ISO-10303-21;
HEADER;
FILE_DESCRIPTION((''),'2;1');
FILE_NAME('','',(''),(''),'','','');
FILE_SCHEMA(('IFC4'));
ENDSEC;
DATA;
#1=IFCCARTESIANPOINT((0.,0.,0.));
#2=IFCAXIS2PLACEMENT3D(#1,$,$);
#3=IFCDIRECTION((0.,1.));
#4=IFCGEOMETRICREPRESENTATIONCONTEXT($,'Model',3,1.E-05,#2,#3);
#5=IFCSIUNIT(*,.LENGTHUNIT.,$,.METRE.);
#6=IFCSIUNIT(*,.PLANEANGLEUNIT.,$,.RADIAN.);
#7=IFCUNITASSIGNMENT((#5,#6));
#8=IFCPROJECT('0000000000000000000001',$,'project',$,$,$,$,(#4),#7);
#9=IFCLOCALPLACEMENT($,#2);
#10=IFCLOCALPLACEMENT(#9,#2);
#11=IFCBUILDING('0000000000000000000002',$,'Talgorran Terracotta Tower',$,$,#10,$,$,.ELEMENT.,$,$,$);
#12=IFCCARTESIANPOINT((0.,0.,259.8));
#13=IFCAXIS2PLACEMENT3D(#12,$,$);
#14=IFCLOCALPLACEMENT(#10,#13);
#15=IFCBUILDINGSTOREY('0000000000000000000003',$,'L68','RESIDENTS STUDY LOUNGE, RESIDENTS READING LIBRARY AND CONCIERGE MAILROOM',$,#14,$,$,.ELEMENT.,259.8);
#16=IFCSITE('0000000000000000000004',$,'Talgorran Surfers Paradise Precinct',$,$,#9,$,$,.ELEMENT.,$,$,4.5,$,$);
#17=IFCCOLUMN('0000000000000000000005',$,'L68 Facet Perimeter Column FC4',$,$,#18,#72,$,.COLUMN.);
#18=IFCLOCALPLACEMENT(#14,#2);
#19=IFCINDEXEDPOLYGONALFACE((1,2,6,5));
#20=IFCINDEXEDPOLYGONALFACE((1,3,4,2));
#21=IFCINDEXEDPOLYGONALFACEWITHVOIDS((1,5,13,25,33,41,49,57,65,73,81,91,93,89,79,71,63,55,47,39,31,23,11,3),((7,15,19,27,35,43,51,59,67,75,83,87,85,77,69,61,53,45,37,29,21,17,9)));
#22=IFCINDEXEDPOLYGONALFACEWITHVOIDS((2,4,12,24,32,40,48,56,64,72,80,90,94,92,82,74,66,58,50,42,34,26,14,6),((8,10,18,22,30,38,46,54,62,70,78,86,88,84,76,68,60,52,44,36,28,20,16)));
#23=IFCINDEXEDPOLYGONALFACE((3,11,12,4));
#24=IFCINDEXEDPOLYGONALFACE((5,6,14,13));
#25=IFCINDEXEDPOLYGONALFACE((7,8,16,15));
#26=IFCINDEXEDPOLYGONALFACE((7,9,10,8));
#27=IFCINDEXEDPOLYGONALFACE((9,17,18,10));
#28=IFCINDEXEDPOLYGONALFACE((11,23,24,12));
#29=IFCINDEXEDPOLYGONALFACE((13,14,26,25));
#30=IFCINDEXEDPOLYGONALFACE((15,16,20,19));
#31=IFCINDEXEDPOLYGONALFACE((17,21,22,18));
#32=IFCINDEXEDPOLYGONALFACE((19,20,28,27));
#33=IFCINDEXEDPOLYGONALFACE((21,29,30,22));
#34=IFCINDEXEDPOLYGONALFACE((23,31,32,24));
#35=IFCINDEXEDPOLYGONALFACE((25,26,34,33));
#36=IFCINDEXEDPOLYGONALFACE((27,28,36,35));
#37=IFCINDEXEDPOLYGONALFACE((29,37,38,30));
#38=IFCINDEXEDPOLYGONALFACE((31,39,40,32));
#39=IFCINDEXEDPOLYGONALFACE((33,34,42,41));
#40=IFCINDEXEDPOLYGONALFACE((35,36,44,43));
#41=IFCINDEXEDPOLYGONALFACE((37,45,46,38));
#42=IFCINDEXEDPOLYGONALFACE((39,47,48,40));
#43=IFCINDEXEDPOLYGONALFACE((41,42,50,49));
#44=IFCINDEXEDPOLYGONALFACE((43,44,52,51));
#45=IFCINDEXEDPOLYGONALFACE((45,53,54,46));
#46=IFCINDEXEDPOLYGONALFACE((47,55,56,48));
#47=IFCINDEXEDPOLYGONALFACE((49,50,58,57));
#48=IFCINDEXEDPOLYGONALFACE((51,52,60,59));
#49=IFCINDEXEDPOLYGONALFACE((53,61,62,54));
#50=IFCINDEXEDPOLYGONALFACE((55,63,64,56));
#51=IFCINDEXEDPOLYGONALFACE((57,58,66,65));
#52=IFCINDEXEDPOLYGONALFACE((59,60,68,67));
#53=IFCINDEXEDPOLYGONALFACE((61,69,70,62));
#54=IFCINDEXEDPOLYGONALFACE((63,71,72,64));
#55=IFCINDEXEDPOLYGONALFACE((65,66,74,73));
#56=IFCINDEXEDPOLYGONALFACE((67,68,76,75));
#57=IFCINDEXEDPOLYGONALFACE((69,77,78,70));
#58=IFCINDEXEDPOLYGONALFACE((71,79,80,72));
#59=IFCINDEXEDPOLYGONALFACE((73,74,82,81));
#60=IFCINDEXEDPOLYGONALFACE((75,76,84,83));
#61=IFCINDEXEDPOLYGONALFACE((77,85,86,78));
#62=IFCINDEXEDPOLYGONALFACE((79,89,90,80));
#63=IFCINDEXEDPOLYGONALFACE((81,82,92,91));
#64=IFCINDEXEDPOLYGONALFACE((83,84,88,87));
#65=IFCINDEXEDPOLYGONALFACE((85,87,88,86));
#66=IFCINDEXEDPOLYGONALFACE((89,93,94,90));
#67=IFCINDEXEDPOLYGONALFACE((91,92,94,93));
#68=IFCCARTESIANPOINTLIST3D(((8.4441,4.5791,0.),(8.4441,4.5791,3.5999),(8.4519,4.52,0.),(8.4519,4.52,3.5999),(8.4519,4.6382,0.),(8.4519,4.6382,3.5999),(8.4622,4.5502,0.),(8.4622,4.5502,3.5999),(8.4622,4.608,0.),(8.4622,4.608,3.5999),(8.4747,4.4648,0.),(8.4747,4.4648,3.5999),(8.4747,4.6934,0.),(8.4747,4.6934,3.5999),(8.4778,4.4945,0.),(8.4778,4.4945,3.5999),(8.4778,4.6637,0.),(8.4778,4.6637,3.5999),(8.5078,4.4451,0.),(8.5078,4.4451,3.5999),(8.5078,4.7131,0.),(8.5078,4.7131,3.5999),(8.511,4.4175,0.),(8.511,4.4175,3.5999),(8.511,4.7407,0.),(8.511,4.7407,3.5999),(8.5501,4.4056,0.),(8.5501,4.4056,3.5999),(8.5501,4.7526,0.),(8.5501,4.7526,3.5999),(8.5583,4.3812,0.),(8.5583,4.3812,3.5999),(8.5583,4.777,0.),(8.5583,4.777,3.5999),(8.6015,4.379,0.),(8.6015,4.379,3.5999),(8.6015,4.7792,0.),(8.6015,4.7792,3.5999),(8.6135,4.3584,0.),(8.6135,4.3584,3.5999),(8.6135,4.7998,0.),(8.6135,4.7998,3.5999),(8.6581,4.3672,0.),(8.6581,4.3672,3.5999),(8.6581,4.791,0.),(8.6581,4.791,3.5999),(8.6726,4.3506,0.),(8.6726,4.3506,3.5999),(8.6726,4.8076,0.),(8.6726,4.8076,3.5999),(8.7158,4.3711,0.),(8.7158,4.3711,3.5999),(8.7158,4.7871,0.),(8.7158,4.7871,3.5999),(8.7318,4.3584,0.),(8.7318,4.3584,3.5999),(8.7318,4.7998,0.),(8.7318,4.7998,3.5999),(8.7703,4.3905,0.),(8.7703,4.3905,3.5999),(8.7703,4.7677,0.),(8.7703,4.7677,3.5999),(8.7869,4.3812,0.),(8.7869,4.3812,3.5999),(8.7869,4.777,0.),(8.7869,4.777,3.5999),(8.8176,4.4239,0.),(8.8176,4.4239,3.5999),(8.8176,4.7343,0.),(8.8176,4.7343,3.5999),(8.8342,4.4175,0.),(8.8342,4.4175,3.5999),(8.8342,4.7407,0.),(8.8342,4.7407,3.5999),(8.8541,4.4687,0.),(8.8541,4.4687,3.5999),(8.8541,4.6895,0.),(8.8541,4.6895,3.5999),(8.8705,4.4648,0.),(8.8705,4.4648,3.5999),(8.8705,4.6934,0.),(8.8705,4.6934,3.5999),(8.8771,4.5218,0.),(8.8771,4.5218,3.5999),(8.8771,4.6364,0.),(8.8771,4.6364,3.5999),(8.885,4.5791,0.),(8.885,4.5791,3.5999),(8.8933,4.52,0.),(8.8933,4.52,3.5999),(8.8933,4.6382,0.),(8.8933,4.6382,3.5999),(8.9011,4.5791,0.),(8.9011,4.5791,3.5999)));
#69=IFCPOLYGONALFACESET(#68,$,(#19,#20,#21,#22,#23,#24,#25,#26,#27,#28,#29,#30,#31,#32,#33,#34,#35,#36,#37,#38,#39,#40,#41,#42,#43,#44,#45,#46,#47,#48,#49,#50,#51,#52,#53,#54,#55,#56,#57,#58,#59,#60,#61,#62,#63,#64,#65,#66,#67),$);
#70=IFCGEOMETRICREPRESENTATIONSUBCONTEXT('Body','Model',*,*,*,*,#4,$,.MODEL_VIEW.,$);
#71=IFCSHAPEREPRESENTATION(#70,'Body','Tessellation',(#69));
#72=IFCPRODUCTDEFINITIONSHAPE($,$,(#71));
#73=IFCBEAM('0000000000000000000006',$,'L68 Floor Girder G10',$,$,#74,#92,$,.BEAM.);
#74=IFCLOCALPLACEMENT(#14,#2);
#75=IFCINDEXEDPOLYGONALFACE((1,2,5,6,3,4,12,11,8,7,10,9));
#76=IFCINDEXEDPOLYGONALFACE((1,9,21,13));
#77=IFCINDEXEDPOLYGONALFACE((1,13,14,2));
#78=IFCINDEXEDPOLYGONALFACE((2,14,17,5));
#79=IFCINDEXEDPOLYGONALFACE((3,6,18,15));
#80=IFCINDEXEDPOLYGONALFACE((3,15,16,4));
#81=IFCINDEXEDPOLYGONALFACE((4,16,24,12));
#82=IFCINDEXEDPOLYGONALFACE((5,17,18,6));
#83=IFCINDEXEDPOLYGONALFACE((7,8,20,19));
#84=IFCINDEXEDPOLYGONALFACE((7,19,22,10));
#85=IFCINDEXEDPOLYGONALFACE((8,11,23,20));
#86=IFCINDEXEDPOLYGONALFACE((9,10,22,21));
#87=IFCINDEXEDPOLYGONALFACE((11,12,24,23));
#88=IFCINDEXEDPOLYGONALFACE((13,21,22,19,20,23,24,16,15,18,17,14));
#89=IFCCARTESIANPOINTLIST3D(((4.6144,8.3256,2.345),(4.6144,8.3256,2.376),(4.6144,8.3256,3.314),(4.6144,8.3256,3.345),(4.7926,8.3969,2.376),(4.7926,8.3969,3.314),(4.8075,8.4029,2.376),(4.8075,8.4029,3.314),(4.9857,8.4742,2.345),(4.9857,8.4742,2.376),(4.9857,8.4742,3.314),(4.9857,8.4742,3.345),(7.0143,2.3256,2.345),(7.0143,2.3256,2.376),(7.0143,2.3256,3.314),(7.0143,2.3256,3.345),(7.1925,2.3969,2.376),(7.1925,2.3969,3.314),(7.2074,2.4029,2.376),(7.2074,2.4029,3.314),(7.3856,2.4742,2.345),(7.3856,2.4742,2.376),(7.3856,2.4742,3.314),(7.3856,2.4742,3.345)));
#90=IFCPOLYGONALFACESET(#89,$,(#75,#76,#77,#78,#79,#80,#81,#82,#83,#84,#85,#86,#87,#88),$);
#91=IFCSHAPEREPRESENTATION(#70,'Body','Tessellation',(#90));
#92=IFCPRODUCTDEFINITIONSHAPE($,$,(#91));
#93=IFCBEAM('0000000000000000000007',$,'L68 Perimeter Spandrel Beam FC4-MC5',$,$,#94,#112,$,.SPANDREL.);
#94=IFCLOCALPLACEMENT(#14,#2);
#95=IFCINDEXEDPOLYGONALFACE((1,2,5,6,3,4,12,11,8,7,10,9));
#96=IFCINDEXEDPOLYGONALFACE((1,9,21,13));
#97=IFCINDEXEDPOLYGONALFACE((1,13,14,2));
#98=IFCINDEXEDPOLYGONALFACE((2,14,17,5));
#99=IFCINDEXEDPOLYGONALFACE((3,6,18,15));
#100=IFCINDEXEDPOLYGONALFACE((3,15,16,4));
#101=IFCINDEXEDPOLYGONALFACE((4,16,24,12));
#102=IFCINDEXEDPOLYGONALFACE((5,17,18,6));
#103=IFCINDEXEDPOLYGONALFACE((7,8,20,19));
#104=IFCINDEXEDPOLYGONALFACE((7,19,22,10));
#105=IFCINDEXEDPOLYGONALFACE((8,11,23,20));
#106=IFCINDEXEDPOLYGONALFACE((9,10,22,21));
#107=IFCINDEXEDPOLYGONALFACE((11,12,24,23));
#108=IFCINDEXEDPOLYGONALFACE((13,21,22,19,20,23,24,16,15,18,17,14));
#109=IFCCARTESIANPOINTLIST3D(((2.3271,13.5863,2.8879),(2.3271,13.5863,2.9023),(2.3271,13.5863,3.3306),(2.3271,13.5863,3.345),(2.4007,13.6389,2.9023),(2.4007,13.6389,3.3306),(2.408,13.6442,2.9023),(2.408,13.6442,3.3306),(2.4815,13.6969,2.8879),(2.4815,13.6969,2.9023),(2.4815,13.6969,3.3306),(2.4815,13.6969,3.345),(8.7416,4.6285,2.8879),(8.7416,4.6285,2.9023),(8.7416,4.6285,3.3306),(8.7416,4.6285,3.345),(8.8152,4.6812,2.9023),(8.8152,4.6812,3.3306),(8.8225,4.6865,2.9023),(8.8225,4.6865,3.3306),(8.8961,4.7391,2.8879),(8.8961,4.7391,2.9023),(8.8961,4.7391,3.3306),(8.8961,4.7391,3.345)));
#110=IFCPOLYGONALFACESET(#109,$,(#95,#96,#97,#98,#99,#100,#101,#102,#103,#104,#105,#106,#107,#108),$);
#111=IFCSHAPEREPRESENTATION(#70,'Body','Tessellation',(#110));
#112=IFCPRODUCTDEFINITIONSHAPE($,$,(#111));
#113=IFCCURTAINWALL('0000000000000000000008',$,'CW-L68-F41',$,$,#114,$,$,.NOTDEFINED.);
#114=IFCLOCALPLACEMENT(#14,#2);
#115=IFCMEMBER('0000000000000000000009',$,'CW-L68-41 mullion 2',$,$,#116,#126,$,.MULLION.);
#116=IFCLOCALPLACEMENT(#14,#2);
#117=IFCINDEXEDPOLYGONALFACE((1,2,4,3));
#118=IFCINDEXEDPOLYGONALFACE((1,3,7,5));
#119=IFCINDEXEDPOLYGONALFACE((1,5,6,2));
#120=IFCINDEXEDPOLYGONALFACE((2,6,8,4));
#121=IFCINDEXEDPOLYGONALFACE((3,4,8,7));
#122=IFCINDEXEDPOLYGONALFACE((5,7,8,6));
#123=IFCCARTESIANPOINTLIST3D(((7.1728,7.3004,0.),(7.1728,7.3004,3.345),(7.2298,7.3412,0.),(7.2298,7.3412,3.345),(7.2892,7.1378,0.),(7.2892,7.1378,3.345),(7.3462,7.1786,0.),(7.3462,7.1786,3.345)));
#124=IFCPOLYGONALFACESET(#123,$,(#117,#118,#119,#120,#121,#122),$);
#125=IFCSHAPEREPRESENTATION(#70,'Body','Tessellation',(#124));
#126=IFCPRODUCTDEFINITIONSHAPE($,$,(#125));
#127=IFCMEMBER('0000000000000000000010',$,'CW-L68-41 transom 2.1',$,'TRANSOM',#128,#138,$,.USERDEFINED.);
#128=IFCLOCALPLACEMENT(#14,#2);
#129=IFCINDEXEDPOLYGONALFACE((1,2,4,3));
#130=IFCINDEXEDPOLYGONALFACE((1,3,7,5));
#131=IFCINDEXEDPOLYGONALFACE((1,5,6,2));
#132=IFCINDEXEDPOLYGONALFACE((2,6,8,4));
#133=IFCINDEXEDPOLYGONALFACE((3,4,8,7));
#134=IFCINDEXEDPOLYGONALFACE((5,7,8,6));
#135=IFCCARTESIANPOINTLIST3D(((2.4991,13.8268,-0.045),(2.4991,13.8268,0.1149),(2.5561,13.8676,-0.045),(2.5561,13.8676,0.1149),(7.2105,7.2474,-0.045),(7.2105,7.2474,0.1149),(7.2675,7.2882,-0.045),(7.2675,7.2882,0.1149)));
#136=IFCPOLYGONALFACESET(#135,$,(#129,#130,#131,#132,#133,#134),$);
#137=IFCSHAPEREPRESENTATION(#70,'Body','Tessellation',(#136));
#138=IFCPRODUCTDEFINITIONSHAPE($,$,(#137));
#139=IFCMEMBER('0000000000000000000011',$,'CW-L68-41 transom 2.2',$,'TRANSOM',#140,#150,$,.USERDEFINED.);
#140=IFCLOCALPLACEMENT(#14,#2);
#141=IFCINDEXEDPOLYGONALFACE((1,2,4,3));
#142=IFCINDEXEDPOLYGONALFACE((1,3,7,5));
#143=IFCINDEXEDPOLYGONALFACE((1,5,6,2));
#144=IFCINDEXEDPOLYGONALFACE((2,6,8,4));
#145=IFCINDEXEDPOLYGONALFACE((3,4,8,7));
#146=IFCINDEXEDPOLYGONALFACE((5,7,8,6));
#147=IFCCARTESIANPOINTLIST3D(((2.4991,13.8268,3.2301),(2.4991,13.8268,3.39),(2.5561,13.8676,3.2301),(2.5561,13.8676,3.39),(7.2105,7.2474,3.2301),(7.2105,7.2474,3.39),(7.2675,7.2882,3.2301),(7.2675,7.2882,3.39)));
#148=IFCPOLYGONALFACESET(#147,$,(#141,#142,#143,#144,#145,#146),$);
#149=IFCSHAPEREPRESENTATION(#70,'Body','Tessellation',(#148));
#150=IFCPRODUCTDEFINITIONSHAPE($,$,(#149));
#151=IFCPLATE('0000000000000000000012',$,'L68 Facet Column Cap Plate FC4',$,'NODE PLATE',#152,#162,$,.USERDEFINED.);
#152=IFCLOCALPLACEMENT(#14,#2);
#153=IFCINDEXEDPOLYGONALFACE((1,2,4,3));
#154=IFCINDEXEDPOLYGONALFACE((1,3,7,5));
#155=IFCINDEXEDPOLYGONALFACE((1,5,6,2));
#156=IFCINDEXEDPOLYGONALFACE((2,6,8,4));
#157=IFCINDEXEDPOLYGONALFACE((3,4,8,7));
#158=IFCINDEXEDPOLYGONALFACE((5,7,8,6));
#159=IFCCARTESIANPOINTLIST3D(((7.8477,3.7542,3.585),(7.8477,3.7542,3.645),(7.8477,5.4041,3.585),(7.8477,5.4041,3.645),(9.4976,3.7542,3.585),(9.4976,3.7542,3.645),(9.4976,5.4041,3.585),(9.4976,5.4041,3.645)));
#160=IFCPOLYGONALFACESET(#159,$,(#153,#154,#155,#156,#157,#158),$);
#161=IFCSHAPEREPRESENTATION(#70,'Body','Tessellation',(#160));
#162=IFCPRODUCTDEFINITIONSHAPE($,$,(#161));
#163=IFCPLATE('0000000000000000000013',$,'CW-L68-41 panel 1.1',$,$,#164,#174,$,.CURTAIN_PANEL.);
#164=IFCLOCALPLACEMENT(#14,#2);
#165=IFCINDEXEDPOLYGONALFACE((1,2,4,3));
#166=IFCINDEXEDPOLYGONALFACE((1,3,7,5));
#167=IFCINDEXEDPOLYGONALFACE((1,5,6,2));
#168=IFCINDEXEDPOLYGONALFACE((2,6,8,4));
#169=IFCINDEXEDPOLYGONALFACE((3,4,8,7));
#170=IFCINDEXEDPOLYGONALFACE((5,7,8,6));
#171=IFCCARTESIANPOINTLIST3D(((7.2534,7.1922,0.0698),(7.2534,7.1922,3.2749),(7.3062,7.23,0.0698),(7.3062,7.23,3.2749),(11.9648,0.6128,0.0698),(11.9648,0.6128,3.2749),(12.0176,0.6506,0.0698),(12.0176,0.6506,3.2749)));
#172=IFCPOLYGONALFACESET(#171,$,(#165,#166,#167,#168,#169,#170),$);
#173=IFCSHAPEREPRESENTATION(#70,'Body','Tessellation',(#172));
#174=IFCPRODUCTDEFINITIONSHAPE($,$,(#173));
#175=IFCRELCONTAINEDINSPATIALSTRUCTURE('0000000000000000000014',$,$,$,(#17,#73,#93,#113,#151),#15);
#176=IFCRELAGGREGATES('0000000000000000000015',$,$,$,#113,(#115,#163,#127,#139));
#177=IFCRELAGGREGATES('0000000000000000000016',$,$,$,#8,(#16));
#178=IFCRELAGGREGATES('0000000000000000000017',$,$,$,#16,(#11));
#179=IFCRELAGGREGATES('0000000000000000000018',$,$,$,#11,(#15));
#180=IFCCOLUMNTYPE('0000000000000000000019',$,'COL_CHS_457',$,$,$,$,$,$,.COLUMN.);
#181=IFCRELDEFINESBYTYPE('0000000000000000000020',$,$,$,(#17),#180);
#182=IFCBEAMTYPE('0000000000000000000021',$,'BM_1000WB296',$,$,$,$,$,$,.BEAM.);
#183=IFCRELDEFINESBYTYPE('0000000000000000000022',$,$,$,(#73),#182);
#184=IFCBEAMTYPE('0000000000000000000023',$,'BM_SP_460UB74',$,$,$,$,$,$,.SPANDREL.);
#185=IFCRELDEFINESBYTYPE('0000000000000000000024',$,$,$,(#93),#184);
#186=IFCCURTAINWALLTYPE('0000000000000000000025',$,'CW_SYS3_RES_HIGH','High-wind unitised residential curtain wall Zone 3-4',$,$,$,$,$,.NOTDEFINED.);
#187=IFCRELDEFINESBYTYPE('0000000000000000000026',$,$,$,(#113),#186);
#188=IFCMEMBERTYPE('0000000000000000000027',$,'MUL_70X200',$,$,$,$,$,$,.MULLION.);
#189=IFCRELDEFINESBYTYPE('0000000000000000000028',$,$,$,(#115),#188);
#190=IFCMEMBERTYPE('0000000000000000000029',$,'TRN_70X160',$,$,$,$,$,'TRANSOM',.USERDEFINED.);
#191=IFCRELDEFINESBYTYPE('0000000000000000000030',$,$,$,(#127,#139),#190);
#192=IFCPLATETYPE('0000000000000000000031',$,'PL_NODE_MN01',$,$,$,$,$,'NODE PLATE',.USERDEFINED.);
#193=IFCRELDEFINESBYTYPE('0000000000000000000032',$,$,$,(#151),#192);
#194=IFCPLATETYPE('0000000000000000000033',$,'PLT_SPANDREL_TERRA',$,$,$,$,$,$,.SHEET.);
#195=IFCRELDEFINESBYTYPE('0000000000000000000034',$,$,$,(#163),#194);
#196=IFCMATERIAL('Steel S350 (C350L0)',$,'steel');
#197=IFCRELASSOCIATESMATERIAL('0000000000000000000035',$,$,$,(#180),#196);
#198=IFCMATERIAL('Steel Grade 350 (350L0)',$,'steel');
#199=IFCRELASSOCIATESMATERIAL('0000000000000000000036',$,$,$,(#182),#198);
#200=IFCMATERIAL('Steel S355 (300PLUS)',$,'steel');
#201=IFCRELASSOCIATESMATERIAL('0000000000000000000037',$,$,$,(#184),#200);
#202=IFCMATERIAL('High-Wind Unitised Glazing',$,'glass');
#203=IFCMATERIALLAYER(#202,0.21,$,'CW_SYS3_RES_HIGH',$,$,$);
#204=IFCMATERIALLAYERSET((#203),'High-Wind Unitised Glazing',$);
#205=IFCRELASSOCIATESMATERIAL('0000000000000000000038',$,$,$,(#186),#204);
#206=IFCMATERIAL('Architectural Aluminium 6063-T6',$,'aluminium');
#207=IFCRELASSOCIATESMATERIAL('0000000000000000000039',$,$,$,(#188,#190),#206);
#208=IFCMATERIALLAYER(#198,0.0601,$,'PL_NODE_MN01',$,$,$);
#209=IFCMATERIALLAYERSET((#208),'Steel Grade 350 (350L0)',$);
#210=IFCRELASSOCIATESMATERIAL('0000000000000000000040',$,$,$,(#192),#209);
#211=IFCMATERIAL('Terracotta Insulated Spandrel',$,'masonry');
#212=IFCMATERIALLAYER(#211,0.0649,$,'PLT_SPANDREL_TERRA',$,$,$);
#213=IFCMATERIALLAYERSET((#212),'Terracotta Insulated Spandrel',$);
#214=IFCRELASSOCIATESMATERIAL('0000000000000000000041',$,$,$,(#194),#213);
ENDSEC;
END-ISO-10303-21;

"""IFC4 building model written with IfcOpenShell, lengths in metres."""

from ifc_helpers import new_model, si_unit, direction, frame, origin, origin_2d, place, context, subcontext, project, spatial, rectangle, hollow_circle, i_section, extrude, source, transform, mapped, material, layer, layer_set, material_profile, profile_set, type_object, type_shapes, element, aggregate, save


model = new_model("IFC4")

# Units and contexts
model_context = context("Model", 3, precision=1e-05, world=origin(), true_north=direction((0.0, 1.0)))
body_context = subcontext(model_context, "Body", "Model", "MODEL_VIEW")
ifc_project = project(units=[si_unit("LENGTHUNIT", "METRE"), si_unit("PLANEANGLEUNIT", "RADIAN")], contexts=[model_context])

# Site, building, storey
site_placement = place(None, origin())
site = spatial("IfcSite", under=ifc_project, at=site_placement, Name="Talgorran Surfers Paradise Precinct", CompositionType="ELEMENT", RefElevation=4.5)
building_placement = place(site_placement, origin())
building = spatial("IfcBuilding", under=site, at=building_placement, Name="Talgorran Terracotta Tower", CompositionType="ELEMENT")
storey_placement = place(building_placement, frame((0.0, 0.0, 259.8)))
storey = spatial("IfcBuildingStorey", under=building, at=storey_placement, Name="L68", Description="RESIDENTS STUDY LOUNGE, RESIDENTS READING LIBRARY AND CONCIERGE MAILROOM", CompositionType="ELEMENT", Elevation=259.8)

# Column
ifc_material_1 = material(Name="Steel S350 (C350L0)", Category="steel")
ifc_material_profile_1 = material_profile(ifc_material_1, hollow_circle(Radius=0.2285, WallThickness=0.0161, at=origin_2d()), Name="CHS457X16")
ifc_profile_set_1 = profile_set([ifc_material_profile_1], Name="Steel S350 (C350L0)")
column_type = type_object("IfcColumnType", Name="COL_CHS_457", PredefinedType="COLUMN", material=ifc_profile_set_1)
column_placement = place(storey_placement, frame((8.6726, 4.5791, 0.0), z_axis=(0.0, 0.0, 1.0), x_axis=(1.0, 0.0, 0.0)))
element("IfcColumn", 1, at=column_placement, inside=storey, type_object=column_type, Name="L68 Facet Perimeter Column FC4", PredefinedType="COLUMN", context=body_context, shape_type="SweptSolid", body=[
    extrude(hollow_circle(Radius=0.2285, WallThickness=0.0161, at=origin_2d()), origin(), (0.0, 0.0, 1.0), 3.5999),
])

# Beams
ifc_material_2 = material(Name="Steel Grade 350 (350L0)", Category="steel")
ifc_material_profile_2 = material_profile(ifc_material_2, i_section(OverallWidth=0.3999, OverallDepth=1.0, WebThickness=0.0161, FlangeThickness=0.031, at=origin_2d()), Name="1000WB296")
ifc_profile_set_2 = profile_set([ifc_material_profile_2], Name="Steel Grade 350 (350L0)")
beam_type_1 = type_object("IfcBeamType", Name="BM_1000WB296", PredefinedType="BEAM", material=ifc_profile_set_2)
beam_1_placement = place(storey_placement, frame((7.2, 2.3999, 2.845), z_axis=(-0.371378, 0.928482, 0.0), x_axis=(-0.928482, -0.371378, 0.0)))
element("IfcBeam", 2, at=beam_1_placement, inside=storey, type_object=beam_type_1, Name="L68 Floor Girder G10", PredefinedType="BEAM", context=body_context, shape_type="SweptSolid", body=[
    extrude(i_section(OverallWidth=0.3999, OverallDepth=1.0, WebThickness=0.0161, FlangeThickness=0.031, at=origin_2d()), origin(), (0.0, 0.0, 1.0), 6.4622),
])
ifc_material_3 = material(Name="Steel S355 (300PLUS)", Category="steel")
ifc_material_profile_3 = material_profile(ifc_material_3, i_section(OverallWidth=0.1899, OverallDepth=0.457, WebThickness=0.009, FlangeThickness=0.0144, at=origin_2d()), Name="460UB74.6")
ifc_profile_set_3 = profile_set([ifc_material_profile_3], Name="Steel S355 (300PLUS)")
beam_type_2 = type_object("IfcBeamType", Name="BM_SP_460UB74", PredefinedType="SPANDREL", material=ifc_profile_set_3)
beam_2_placement = place(storey_placement, frame((8.8188, 4.6838, 3.1165), z_axis=(-0.582208, 0.81304, 0.0), x_axis=(-0.81304, -0.582208, 0.0)))
element("IfcBeam", 3, at=beam_2_placement, inside=storey, type_object=beam_type_2, Name="L68 Perimeter Spandrel Beam FC4-MC5", PredefinedType="SPANDREL", context=body_context, shape_type="SweptSolid", body=[
    extrude(i_section(OverallWidth=0.1899, OverallDepth=0.457, WebThickness=0.009, FlangeThickness=0.0144, at=origin_2d()), origin(), (0.0, 0.0, 1.0), 11.0176),
])

# Curtain wall, members
ifc_material_4 = material(Name="High-Wind Unitised Glazing", Category="glass")
ifc_layer_1 = layer(ifc_material_4, 0.21, Name="CW_SYS3_RES_HIGH")
ifc_layer_set_1 = layer_set([ifc_layer_1], Name="High-Wind Unitised Glazing")
curtain_wall_type = type_object("IfcCurtainWallType", Name="CW_SYS3_RES_HIGH", Description="High-wind unitised residential curtain wall Zone 3-4", PredefinedType="NOTDEFINED", material=ifc_layer_set_1)
curtain_wall_placement = place(storey_placement, origin())
curtain_wall = element("IfcCurtainWall", 4, at=curtain_wall_placement, inside=storey, type_object=curtain_wall_type, Name="CW-L68-F41", PredefinedType="NOTDEFINED")
ifc_material_5 = material(Name="Architectural Aluminium 6063-T6", Category="aluminium")
ifc_material_profile_4 = material_profile(ifc_material_5, rectangle(XDim=0.0701, YDim=0.2, at=origin_2d()), Name="CWM70X200")
ifc_profile_set_4 = profile_set([ifc_material_profile_4], Name="Architectural Aluminium 6063-T6")
member_type_1 = type_object("IfcMemberType", Name="MUL_70X200", PredefinedType="MULLION", material=ifc_profile_set_4)
member_1_placement = place(storey_placement, frame((7.2595, 7.2395, 0.0), z_axis=(0.0, 0.0, 1.0), x_axis=(-0.813043, -0.582204, 0.0)))
member_1 = element("IfcMember", 5, at=member_1_placement, type_object=member_type_1, Name="CW-L68-41 mullion 2", PredefinedType="MULLION", context=body_context, shape_type="SweptSolid", body=[
    extrude(rectangle(XDim=0.0701, YDim=0.2, at=origin_2d()), origin(), (0.0, 0.0, 1.0), 3.345),
])
ifc_material_profile_5 = material_profile(ifc_material_5, rectangle(XDim=0.0701, YDim=0.1599, at=origin_2d()), Name="CWT70X160")
ifc_profile_set_5 = profile_set([ifc_material_profile_5], Name="Architectural Aluminium 6063-T6")
member_type_2 = type_object("IfcMemberType", Name="TRN_70X160", ElementType="TRANSOM", PredefinedType="USERDEFINED", material=ifc_profile_set_5)
member_2_placement = place(storey_placement, frame((7.239, 7.2678, 0.0349), z_axis=(-0.582211, 0.813038, 0.0), x_axis=(-0.813038, -0.582211, 0.0)))
member_2 = element("IfcMember", 6, at=member_2_placement, type_object=member_type_2, Name="CW-L68-41 transom 2.1", ObjectType="TRANSOM", PredefinedType="USERDEFINED", context=body_context, shape_type="SweptSolid", body=[
    extrude(rectangle(XDim=0.0701, YDim=0.1599, at=origin_2d()), origin(), (0.0, 0.0, 1.0), 8.0923),
])
member_3_placement = place(storey_placement, frame((7.239, 7.2678, 3.3101), z_axis=(-0.582211, 0.813038, 0.0), x_axis=(-0.813038, -0.582211, 0.0)))
member_3 = element("IfcMember", 7, at=member_3_placement, type_object=member_type_2, Name="CW-L68-41 transom 2.2", ObjectType="TRANSOM", PredefinedType="USERDEFINED", context=body_context, shape_type="SweptSolid", body=[
    extrude(rectangle(XDim=0.0701, YDim=0.1599, at=origin_2d()), origin(), (0.0, 0.0, 1.0), 8.0923),
])

# Plates
ifc_layer_2 = layer(ifc_material_2, 0.0601, Name="PL_NODE_MN01")
ifc_layer_set_2 = layer_set([ifc_layer_2], Name="Steel Grade 350 (350L0)")
plate_type_1 = type_object("IfcPlateType", Name="PL_NODE_MN01", ElementType="NODE PLATE", PredefinedType="USERDEFINED", material=ifc_layer_set_2)
plate_1_placement = place(storey_placement, frame((8.6726, 4.5791, 3.585), z_axis=(0.0, 0.0, 1.0), x_axis=(1.0, 0.0, 0.0)))
element("IfcPlate", 8, at=plate_1_placement, inside=storey, type_object=plate_type_1, Name="L68 Facet Column Cap Plate FC4", ObjectType="NODE PLATE", PredefinedType="USERDEFINED", context=body_context, shape_type="SweptSolid", body=[
    extrude(rectangle(XDim=1.6499, YDim=1.6499, at=origin_2d()), origin(), (0.0, 0.0, 1.0), 0.0601),
])
ifc_material_6 = material(Name="Terracotta Insulated Spandrel", Category="masonry")
ifc_layer_3 = layer(ifc_material_6, 0.0649, Name="PLT_SPANDREL_TERRA")
ifc_layer_set_3 = layer_set([ifc_layer_3], Name="Terracotta Insulated Spandrel")
plate_type_2 = type_object("IfcPlateType", Name="PLT_SPANDREL_TERRA", PredefinedType="SHEET", material=ifc_layer_set_3)
shared_shape = source(origin(), body_context, "Body", "SweptSolid", [
    extrude(rectangle(XDim=8.0923, YDim=0.0649, at=origin_2d()), origin(), (0.0, 0.0, 1.0), 3.2051),
])
type_shapes(plate_type_2, [shared_shape])
plate_2_placement = place(storey_placement, frame((9.6355, 3.9214, 0.0698), z_axis=(0.0, 0.0, 1.0), x_axis=(-0.582204, 0.813043, 0.0)))
plate_2 = element("IfcPlate", 9, at=plate_2_placement, type_object=plate_type_2, Name="CW-L68-41 panel 1.1", PredefinedType="CURTAIN_PANEL", context=body_context, shape_type="MappedRepresentation", body=[
    mapped(shared_shape, transform((0.0, 0.0, 0.0), scale=1.0)),
])
aggregate(curtain_wall, [member_1, plate_2, member_2, member_3])

save(model, "model.ifc")
